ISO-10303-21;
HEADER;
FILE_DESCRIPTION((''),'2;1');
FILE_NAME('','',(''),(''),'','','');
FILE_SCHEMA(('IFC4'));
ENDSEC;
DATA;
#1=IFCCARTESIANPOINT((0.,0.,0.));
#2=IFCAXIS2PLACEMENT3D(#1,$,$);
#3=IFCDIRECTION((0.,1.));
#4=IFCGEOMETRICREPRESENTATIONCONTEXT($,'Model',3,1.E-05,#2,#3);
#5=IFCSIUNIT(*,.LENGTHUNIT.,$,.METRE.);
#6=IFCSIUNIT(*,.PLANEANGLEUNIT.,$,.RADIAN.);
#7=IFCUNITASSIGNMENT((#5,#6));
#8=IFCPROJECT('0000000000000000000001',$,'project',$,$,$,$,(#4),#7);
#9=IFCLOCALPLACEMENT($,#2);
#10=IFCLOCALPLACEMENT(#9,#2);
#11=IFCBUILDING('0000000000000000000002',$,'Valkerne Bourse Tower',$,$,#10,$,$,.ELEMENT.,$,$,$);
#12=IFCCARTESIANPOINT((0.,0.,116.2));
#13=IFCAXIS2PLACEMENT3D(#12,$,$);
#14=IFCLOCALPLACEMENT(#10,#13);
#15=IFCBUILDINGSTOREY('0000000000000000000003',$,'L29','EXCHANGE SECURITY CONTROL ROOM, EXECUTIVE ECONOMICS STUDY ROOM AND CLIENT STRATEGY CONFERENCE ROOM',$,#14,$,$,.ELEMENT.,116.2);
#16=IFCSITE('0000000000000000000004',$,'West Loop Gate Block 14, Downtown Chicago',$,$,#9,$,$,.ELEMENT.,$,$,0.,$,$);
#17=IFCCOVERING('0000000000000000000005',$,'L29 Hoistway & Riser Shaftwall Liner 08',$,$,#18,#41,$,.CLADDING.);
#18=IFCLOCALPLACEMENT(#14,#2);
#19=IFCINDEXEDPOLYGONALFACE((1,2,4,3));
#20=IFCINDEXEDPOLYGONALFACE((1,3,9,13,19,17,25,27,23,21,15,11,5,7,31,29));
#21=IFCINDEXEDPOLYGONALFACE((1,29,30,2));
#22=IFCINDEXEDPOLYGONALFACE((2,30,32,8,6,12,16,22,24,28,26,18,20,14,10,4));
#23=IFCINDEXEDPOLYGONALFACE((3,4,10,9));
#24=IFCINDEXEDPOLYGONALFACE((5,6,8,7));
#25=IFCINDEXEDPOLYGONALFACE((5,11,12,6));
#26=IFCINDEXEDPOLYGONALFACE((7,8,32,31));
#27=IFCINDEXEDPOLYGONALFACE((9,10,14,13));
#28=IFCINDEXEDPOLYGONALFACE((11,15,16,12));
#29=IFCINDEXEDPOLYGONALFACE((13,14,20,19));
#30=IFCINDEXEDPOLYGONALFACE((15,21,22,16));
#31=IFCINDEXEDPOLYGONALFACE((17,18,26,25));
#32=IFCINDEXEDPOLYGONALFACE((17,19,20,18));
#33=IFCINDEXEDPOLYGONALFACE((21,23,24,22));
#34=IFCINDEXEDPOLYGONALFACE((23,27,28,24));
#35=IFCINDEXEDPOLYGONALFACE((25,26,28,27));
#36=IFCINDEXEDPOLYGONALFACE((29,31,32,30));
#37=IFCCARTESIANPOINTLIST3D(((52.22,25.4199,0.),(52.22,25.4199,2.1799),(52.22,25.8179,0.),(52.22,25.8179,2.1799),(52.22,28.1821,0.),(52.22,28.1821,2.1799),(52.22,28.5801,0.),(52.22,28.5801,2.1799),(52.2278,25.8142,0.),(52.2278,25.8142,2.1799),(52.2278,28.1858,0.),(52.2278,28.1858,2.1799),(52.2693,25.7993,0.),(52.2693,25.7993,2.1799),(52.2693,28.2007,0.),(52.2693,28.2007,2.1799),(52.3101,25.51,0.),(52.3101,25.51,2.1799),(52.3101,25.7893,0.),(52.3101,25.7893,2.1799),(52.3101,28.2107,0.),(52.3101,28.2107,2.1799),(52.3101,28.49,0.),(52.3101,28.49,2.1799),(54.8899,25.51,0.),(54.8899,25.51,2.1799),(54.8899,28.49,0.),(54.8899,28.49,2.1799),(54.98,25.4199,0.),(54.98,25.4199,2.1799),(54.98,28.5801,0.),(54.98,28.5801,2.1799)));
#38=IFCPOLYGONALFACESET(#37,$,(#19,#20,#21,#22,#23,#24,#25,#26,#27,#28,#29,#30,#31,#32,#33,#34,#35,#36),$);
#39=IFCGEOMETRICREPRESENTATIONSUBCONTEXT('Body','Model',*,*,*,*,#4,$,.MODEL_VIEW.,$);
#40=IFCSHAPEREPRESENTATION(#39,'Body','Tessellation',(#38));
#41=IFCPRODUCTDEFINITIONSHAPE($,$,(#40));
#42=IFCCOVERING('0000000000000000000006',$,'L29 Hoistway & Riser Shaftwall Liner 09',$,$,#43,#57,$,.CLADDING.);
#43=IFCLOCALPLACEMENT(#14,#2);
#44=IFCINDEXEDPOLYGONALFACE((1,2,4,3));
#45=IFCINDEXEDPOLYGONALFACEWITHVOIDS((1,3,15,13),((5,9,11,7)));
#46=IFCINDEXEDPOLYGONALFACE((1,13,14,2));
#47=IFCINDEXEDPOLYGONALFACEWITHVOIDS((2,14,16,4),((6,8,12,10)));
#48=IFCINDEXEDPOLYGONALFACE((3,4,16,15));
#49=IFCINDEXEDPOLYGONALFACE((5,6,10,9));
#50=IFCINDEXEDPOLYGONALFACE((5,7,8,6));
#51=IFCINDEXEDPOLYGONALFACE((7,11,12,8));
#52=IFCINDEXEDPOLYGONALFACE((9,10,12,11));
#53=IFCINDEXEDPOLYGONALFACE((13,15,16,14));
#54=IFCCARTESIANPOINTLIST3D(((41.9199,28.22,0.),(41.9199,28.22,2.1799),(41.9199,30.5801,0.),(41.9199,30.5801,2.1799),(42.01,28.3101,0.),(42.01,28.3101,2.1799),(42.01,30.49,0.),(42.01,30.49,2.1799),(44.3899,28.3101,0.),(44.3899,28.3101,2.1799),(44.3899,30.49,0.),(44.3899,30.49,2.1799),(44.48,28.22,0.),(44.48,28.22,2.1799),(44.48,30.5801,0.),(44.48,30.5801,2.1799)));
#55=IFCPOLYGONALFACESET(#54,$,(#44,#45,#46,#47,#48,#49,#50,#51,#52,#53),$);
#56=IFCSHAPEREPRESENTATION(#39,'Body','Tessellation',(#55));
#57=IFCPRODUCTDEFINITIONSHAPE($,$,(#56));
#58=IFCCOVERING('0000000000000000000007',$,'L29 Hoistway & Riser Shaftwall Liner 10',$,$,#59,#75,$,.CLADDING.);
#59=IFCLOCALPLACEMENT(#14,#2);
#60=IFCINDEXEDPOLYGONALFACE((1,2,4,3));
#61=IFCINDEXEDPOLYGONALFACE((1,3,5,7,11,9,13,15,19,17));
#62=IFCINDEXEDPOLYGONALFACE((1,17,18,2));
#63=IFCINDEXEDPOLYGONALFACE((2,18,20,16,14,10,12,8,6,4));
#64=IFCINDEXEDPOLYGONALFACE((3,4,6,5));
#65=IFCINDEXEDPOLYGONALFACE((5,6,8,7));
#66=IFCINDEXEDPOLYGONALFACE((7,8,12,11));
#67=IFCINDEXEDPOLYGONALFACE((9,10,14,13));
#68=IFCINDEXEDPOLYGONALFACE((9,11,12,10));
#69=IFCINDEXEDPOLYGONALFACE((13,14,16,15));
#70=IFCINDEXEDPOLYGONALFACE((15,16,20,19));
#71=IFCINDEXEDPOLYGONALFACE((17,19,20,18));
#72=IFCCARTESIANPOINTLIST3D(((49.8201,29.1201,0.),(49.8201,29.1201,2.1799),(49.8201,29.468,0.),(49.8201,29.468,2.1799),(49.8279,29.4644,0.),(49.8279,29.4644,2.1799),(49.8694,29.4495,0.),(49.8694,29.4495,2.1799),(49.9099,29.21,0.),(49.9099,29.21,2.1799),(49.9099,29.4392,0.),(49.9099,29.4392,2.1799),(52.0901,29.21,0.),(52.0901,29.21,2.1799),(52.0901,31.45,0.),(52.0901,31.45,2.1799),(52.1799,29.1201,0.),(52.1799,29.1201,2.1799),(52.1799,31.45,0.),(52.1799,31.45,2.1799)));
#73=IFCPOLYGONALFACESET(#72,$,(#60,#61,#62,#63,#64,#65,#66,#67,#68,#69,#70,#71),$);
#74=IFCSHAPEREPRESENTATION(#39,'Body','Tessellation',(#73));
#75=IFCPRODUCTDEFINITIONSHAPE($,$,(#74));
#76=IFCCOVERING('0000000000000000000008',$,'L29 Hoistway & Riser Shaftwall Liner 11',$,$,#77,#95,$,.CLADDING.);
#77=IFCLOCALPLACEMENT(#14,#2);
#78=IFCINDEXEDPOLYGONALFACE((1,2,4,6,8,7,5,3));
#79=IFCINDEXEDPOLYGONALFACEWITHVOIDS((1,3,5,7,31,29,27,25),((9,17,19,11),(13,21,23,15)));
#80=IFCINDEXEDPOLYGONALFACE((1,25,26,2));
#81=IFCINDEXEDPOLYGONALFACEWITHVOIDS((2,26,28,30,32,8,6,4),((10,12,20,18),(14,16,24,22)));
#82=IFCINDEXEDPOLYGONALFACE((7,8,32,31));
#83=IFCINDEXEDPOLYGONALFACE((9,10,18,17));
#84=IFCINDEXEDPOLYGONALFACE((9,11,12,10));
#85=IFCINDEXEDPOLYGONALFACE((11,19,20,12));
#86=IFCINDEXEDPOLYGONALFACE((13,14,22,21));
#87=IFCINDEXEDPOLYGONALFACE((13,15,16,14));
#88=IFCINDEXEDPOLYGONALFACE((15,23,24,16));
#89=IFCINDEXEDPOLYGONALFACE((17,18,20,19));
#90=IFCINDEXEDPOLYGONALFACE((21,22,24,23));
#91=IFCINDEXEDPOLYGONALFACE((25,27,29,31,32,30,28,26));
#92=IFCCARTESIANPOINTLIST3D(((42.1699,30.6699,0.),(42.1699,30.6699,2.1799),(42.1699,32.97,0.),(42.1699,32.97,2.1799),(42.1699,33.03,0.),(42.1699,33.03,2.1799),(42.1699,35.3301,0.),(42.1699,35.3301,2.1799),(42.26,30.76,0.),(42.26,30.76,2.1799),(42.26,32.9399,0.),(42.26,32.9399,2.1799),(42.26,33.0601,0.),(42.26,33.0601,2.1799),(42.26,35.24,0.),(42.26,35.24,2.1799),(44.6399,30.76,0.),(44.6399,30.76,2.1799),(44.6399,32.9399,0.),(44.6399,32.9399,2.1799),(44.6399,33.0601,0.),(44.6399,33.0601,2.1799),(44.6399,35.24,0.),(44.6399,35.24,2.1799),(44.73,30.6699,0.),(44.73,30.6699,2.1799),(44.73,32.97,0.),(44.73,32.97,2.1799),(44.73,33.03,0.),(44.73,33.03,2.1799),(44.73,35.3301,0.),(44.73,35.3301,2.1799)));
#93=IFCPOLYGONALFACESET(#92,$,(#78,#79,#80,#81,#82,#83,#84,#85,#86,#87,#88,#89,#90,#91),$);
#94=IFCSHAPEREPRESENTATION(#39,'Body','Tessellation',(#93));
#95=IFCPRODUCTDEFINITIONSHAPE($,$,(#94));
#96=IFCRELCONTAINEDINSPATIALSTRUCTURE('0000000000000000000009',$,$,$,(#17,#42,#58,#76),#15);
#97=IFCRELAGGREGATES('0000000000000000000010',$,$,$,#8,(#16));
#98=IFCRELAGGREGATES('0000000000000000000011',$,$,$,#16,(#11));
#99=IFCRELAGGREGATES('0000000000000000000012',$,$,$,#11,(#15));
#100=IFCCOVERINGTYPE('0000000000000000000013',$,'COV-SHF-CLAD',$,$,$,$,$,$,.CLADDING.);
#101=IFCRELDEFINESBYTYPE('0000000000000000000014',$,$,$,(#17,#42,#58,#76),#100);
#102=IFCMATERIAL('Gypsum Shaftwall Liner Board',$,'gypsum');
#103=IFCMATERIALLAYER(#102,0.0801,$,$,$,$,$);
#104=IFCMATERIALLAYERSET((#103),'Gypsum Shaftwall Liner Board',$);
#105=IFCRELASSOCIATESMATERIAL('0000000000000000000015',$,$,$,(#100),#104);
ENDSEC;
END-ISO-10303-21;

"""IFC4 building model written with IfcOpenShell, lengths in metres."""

from ifc_helpers import new_model, si_unit, direction, frame, origin, place, context, subcontext, project, spatial, polyline, outline, extrude, material, layer, layer_set, type_object, element, save


model = new_model("IFC4")

# Units and contexts
model_context = context("Model", 3, precision=1e-05, world=origin(), true_north=direction((0.0, 1.0)))
body_context = subcontext(model_context, "Body", "Model", "MODEL_VIEW")
ifc_project = project(units=[si_unit("LENGTHUNIT", "METRE"), si_unit("PLANEANGLEUNIT", "RADIAN")], contexts=[model_context])

# Site, building, storey
site_placement = place(None, origin())
site = spatial("IfcSite", under=ifc_project, at=site_placement, Name="West Loop Gate Block 14, Downtown Chicago", CompositionType="ELEMENT", RefElevation=0.0)
building_placement = place(site_placement, origin())
building = spatial("IfcBuilding", under=site, at=building_placement, Name="Valkerne Bourse Tower", CompositionType="ELEMENT")
storey_placement = place(building_placement, frame((0.0, 0.0, 116.2)))
storey = spatial("IfcBuildingStorey", under=building, at=storey_placement, Name="L29", Description="EXCHANGE SECURITY CONTROL ROOM, EXECUTIVE ECONOMICS STUDY ROOM AND CLIENT STRATEGY CONFERENCE ROOM", CompositionType="ELEMENT", Elevation=116.2)

# Coverings
ifc_material_1 = material(Name="Gypsum Shaftwall Liner Board", Category="gypsum")
ifc_layer_1 = layer(ifc_material_1, 0.0801)
ifc_layer_set_1 = layer_set([ifc_layer_1], Name="Gypsum Shaftwall Liner Board")
covering_type_1 = type_object("IfcCoveringType", Name="COV-SHF-CLAD", PredefinedType="CLADDING", material=ifc_layer_set_1)
covering_1_placement = place(storey_placement, origin())
element("IfcCovering", 1, at=covering_1_placement, inside=storey, type_object=covering_type_1, Name="L29 Hoistway & Riser Shaftwall Liner 08", PredefinedType="CLADDING", context=body_context, shape_type="SweptSolid", body=[
    extrude(outline(polyline([(54.98, 25.4199), (52.22, 25.4199), (52.22, 25.8179), (52.2278, 25.8142), (52.2693, 25.7993), (52.3101, 25.7893), (52.3101, 25.51), (54.8899, 25.51), (54.8899, 28.49), (52.3101, 28.49), (52.3101, 28.2107), (52.2693, 28.2007), (52.2278, 28.1858), (52.22, 28.1821), (52.22, 28.5801), (54.98, 28.5801), (54.98, 25.4199)])), origin(), (0.0, 0.0, 1.0), 2.1799),
])
covering_2_placement = place(storey_placement, origin())
element("IfcCovering", 2, at=covering_2_placement, inside=storey, type_object=covering_type_1, Name="L29 Hoistway & Riser Shaftwall Liner 09", PredefinedType="CLADDING", context=body_context, shape_type="SweptSolid", body=[
    extrude(outline(polyline([(44.48, 28.22), (41.9199, 28.22), (41.9199, 30.5801), (44.48, 30.5801), (44.48, 28.22)]), holes=[polyline([(42.01, 30.49), (42.01, 28.3101), (44.3899, 28.3101), (44.3899, 30.49), (42.01, 30.49)])]), origin(), (0.0, 0.0, 1.0), 2.1799),
])
covering_3_placement = place(storey_placement, origin())
element("IfcCovering", 3, at=covering_3_placement, inside=storey, type_object=covering_type_1, Name="L29 Hoistway & Riser Shaftwall Liner 10", PredefinedType="CLADDING", context=body_context, shape_type="SweptSolid", body=[
    extrude(outline(polyline([(49.8201, 29.1201), (49.8201, 29.468), (49.8279, 29.4644), (49.8694, 29.4495), (49.9099, 29.4392), (49.9099, 29.21), (52.0901, 29.21), (52.0901, 31.45), (52.1799, 31.45), (52.1799, 29.1201), (49.8201, 29.1201)])), origin(), (0.0, 0.0, 1.0), 2.1799),
])
covering_4_placement = place(storey_placement, origin())
element("IfcCovering", 4, at=covering_4_placement, inside=storey, type_object=covering_type_1, Name="L29 Hoistway & Riser Shaftwall Liner 11", PredefinedType="CLADDING", context=body_context, shape_type="SweptSolid", body=[
    extrude(outline(polyline([(44.73, 35.3301), (44.73, 33.03), (44.73, 32.97), (44.73, 30.6699), (42.1699, 30.6699), (42.1699, 32.97), (42.1699, 33.03), (42.1699, 35.3301), (44.73, 35.3301)]), holes=[polyline([(42.26, 30.76), (44.6399, 30.76), (44.6399, 32.9399), (42.26, 32.9399), (42.26, 30.76)]), polyline([(42.26, 33.0601), (44.6399, 33.0601), (44.6399, 35.24), (42.26, 35.24), (42.26, 33.0601)])]), origin(), (0.0, 0.0, 1.0), 2.1799),
])

save(model, "model.ifc")
